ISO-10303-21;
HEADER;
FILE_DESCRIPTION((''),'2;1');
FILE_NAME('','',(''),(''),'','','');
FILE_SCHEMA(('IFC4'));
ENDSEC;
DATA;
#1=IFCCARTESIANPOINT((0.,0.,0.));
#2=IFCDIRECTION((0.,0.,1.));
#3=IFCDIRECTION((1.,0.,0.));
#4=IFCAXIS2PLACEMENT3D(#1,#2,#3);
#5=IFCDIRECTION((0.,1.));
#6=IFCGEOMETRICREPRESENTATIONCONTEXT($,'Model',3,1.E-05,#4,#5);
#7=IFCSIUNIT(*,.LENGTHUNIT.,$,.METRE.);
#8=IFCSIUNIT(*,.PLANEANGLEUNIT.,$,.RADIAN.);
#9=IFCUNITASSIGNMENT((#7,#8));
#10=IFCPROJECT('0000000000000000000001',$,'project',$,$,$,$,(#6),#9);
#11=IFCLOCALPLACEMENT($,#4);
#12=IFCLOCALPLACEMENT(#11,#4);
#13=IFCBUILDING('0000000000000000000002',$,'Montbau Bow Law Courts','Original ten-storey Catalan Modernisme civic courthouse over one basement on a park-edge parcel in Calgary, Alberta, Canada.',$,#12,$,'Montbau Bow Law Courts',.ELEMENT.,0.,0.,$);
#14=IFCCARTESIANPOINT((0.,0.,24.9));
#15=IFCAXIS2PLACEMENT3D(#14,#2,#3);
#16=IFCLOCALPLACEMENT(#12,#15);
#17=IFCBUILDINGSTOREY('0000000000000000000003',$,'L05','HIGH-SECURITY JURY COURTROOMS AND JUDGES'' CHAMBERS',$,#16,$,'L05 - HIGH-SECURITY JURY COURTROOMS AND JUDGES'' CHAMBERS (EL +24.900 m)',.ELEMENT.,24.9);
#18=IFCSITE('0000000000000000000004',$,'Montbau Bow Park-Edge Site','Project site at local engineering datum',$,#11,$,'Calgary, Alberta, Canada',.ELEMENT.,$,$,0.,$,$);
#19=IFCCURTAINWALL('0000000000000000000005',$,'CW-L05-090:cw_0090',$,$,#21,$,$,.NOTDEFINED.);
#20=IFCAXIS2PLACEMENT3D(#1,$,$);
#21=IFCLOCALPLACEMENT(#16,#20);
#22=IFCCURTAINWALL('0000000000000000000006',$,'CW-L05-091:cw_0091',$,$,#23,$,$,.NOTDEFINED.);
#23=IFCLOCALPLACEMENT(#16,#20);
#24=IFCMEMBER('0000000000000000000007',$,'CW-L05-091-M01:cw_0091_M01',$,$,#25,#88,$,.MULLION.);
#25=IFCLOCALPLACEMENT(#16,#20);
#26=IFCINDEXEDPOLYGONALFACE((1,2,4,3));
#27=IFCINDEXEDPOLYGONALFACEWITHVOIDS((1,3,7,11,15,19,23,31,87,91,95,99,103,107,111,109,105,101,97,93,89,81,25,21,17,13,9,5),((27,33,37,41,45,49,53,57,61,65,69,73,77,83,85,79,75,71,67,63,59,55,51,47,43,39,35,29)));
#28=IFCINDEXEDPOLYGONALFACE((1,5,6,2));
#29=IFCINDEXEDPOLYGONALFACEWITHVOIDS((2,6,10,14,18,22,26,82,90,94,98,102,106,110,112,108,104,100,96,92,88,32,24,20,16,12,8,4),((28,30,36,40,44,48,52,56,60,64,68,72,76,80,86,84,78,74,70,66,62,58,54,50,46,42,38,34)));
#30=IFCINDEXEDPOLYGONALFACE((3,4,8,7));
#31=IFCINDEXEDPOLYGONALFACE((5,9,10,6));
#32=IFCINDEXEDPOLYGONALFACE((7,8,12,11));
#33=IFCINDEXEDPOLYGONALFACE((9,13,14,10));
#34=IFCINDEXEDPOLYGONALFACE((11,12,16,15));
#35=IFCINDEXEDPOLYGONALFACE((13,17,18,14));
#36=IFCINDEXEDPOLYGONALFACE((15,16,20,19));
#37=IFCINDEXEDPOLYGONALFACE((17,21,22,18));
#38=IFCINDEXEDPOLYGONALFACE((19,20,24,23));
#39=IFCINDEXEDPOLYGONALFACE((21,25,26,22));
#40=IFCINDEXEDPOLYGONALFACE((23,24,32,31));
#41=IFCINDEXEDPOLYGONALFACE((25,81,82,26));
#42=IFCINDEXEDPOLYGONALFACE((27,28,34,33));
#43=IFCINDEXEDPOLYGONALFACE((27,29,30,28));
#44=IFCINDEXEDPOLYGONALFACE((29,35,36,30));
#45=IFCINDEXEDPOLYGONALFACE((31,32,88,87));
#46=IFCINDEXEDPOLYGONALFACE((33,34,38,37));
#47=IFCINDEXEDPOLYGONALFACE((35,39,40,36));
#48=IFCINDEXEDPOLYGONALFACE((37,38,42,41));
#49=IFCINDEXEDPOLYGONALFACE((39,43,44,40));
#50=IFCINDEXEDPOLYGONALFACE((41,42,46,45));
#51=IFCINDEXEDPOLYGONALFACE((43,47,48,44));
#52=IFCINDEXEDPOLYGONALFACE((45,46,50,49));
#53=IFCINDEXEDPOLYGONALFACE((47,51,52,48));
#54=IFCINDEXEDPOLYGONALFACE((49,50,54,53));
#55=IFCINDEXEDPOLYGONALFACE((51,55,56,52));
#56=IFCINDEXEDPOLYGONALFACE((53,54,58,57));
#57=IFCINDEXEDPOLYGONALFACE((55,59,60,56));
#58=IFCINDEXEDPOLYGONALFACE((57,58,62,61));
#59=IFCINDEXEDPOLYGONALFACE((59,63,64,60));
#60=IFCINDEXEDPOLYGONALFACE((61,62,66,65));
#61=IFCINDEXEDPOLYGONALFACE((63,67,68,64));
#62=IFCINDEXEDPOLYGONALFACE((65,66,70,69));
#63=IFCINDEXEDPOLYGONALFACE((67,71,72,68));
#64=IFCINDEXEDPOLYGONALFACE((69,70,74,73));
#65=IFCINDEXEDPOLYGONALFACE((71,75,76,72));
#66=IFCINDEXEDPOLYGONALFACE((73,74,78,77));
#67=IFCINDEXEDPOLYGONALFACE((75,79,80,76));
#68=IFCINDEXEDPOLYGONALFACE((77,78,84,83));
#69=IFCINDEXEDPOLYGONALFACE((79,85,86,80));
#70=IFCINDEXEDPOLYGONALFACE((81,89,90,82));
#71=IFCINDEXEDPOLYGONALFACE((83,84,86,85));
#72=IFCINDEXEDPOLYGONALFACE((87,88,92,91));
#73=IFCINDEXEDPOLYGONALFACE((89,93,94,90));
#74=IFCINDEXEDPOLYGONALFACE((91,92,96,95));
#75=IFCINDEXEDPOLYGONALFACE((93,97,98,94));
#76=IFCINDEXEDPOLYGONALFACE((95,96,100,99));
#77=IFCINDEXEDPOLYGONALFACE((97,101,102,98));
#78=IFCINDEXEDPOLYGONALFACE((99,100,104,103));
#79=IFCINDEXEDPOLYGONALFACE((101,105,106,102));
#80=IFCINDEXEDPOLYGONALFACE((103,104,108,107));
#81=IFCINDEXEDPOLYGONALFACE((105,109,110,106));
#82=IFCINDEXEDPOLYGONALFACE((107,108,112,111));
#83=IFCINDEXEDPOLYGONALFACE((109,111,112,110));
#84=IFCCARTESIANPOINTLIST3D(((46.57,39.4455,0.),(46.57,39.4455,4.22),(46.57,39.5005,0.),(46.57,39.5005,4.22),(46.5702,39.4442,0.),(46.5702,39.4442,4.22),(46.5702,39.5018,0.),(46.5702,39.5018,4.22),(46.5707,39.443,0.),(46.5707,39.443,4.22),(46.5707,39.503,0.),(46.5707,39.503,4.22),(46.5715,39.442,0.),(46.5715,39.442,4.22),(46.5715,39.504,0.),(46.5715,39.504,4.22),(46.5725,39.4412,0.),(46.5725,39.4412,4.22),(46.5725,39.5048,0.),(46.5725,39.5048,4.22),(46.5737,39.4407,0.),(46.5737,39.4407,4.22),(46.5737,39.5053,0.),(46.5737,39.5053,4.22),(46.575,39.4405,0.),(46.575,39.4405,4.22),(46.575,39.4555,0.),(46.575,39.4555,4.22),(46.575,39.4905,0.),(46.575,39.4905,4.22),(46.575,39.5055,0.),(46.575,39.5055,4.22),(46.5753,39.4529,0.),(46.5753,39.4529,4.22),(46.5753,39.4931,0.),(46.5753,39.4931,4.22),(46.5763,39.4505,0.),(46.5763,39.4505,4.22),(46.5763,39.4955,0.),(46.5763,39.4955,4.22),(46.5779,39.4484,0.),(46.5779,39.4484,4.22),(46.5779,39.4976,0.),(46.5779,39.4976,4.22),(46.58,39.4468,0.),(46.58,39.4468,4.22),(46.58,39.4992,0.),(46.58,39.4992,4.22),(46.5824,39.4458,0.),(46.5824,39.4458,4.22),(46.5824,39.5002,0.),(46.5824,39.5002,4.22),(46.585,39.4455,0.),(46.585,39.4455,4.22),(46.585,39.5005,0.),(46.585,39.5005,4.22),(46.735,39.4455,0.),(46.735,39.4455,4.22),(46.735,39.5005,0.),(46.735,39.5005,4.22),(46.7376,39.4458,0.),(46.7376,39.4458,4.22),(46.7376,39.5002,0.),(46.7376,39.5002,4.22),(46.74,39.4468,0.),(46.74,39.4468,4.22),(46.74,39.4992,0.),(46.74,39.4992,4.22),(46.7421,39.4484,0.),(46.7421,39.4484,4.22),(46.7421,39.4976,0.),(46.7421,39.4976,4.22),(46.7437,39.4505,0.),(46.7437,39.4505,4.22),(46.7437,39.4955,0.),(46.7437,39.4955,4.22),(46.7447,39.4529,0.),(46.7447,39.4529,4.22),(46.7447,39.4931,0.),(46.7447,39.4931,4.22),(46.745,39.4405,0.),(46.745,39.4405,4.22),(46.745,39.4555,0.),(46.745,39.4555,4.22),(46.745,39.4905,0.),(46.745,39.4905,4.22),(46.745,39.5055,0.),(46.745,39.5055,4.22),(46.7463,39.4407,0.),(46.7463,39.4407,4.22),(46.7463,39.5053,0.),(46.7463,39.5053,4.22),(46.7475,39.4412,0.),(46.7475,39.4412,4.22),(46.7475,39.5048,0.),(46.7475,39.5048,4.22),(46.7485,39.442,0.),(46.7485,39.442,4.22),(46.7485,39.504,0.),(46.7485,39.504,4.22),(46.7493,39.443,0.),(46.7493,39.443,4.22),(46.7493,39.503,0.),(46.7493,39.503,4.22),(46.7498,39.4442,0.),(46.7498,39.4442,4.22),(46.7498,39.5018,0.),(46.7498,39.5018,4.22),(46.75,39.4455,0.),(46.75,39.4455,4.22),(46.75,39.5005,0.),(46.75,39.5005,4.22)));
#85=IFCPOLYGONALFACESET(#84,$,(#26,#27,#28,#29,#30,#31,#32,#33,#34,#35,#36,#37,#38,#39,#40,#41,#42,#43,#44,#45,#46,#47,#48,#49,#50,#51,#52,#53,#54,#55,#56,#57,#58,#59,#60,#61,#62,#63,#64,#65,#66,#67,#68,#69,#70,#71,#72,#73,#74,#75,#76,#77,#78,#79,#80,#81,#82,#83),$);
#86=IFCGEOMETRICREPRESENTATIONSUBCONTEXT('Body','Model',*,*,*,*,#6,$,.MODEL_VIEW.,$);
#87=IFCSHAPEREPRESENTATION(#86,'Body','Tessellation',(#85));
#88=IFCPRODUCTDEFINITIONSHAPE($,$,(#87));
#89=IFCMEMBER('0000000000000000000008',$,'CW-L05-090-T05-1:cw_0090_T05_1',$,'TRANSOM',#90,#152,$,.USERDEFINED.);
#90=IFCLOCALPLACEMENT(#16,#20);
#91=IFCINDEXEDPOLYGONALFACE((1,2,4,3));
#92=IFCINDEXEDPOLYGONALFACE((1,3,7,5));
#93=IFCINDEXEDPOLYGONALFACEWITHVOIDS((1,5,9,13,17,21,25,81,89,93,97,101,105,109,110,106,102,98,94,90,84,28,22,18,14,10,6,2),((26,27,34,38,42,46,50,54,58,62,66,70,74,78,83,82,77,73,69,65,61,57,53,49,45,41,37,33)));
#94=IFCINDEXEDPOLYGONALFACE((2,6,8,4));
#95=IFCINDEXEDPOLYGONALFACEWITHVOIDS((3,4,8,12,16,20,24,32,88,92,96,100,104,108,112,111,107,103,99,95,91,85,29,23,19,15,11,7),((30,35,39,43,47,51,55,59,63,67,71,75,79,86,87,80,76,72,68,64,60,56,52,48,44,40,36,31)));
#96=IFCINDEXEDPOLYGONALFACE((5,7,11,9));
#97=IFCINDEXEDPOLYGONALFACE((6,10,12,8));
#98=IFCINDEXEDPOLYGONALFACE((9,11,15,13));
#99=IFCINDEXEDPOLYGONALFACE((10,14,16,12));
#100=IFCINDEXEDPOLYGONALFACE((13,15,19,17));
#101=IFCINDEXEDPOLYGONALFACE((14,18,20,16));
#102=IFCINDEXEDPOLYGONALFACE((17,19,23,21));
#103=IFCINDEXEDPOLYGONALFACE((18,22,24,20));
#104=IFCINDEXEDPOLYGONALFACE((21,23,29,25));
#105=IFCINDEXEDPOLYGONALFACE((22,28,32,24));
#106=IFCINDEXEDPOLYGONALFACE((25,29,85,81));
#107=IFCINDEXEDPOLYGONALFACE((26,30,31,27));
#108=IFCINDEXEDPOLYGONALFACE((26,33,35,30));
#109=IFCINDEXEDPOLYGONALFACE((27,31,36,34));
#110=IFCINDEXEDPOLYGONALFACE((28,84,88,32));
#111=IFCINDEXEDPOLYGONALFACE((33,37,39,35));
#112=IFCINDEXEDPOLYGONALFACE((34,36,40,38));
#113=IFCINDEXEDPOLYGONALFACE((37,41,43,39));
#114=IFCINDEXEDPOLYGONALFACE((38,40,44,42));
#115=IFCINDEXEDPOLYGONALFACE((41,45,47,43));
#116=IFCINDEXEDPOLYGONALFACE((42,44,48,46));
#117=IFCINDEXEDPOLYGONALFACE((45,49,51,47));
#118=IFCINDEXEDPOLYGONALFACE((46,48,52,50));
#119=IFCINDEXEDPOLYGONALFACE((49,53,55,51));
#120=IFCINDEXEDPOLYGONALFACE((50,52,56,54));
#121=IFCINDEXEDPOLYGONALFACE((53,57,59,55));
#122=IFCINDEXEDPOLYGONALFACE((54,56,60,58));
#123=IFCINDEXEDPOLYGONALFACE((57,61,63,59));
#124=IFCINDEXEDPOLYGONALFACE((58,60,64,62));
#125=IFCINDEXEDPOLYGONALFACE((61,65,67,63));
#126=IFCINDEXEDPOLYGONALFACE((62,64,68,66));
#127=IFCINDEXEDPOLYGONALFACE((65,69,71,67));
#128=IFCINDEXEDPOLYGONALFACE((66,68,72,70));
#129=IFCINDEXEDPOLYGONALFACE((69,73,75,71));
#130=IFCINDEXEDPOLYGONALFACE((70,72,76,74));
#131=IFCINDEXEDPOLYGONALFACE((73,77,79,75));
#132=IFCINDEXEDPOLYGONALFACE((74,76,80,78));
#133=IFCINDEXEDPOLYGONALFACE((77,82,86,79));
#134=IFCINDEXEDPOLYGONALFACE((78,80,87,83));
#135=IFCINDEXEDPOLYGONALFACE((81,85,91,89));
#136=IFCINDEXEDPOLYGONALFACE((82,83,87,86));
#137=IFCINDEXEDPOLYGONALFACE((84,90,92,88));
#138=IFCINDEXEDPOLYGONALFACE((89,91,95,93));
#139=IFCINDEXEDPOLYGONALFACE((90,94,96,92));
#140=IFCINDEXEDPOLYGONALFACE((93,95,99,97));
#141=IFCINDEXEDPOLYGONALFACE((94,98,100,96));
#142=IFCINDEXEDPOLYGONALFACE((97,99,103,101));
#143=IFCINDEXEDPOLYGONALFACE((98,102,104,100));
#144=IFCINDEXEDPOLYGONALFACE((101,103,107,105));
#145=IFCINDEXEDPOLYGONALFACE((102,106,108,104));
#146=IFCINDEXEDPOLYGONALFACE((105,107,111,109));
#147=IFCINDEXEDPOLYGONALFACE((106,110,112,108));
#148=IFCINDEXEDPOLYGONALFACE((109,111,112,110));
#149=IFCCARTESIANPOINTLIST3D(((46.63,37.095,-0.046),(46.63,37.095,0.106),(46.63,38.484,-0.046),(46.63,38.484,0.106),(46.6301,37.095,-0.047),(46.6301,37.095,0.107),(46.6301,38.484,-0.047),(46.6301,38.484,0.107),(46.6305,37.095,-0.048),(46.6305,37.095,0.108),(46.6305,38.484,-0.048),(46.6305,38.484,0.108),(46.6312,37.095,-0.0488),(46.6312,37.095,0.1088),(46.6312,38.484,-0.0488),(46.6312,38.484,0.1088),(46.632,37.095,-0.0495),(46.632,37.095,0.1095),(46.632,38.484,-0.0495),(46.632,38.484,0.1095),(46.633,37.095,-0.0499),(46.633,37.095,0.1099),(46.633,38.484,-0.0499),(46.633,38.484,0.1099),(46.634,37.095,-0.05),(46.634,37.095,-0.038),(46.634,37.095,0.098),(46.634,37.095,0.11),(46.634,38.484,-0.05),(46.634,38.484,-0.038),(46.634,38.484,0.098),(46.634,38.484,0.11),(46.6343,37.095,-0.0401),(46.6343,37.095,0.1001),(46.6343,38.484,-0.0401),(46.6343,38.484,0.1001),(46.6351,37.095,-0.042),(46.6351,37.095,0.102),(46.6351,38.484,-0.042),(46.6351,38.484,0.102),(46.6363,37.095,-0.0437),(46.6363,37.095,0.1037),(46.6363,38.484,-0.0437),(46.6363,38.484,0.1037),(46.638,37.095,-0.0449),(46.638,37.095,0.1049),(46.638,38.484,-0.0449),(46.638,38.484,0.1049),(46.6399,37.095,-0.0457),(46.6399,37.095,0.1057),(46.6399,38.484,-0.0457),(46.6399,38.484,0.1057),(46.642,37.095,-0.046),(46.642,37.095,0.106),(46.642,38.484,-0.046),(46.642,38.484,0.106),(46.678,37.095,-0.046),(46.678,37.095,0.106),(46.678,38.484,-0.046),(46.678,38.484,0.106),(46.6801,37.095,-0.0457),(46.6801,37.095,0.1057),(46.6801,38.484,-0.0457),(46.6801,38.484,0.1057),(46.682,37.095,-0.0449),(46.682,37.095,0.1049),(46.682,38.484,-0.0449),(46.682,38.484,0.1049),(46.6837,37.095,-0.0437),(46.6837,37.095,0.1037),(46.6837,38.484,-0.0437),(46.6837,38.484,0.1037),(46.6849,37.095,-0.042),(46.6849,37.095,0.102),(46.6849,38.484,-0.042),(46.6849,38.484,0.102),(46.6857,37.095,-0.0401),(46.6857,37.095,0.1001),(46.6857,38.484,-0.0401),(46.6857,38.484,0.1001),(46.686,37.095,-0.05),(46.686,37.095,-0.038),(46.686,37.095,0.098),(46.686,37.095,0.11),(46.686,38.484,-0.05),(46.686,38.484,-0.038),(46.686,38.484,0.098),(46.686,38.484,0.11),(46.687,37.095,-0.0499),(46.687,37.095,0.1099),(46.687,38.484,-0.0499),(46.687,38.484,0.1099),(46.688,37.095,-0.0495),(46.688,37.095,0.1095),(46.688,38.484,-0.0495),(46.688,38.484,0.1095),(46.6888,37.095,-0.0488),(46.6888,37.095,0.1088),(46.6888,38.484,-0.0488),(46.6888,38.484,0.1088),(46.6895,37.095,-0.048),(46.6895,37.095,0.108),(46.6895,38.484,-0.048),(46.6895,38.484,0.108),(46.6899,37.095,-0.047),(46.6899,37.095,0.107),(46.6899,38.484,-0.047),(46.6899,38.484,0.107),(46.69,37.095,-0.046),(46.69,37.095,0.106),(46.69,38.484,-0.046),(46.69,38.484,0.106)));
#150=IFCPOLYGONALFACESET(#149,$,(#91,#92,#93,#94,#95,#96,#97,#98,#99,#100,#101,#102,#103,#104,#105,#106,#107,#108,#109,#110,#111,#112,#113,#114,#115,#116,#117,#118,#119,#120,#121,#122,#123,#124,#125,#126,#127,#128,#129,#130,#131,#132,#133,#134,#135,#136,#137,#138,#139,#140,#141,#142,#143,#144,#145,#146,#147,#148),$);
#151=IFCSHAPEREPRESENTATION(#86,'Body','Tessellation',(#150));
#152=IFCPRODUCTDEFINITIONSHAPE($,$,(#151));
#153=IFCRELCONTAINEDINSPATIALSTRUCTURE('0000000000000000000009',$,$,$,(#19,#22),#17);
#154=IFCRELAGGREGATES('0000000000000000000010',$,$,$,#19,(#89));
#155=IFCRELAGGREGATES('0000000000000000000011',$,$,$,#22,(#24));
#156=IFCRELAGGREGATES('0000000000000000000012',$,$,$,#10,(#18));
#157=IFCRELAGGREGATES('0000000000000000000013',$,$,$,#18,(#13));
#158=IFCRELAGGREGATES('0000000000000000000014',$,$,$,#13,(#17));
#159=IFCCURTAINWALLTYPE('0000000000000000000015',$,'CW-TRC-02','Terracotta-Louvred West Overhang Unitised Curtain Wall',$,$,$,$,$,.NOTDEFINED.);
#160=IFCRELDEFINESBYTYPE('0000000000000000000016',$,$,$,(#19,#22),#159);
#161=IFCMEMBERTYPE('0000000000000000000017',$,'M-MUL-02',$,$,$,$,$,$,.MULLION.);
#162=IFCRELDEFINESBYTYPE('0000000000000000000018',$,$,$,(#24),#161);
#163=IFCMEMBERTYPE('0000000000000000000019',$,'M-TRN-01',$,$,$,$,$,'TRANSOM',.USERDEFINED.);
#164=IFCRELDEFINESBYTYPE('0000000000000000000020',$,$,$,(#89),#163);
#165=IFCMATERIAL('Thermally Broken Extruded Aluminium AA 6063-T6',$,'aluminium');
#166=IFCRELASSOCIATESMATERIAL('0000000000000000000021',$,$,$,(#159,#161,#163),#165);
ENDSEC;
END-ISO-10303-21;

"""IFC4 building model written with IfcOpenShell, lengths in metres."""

from ifc_helpers import new_model, si_unit, direction, frame, origin_with_axes, origin_2d_with_axis, place, context, subcontext, project, spatial, hollow_rectangle, extrude, material, material_profile, profile_set, type_object, element, aggregate, save


model = new_model("IFC4")

# Units and contexts
model_context = context("Model", 3, precision=1e-05, world=origin_with_axes(), true_north=direction((0.0, 1.0)))
body_context = subcontext(model_context, "Body", "Model", "MODEL_VIEW")
ifc_project = project(units=[si_unit("LENGTHUNIT", "METRE"), si_unit("PLANEANGLEUNIT", "RADIAN")], contexts=[model_context])

# Site, building, storey
site_placement = place(None, origin_with_axes())
site = spatial("IfcSite", under=ifc_project, at=site_placement, Name="Montbau Bow Park-Edge Site", Description="Project site at local engineering datum", LongName="Calgary, Alberta, Canada", CompositionType="ELEMENT", RefElevation=0.0)
building_placement = place(site_placement, origin_with_axes())
building = spatial("IfcBuilding", under=site, at=building_placement, Name="Montbau Bow Law Courts", Description="Original ten-storey Catalan Modernisme civic courthouse over one basement on a park-edge parcel in Calgary, Alberta, Canada.", LongName="Montbau Bow Law Courts", CompositionType="ELEMENT", ElevationOfRefHeight=0.0, ElevationOfTerrain=0.0)
storey_placement = place(building_placement, frame((0.0, 0.0, 24.9), z_axis=(0.0, 0.0, 1.0), x_axis=(1.0, 0.0, 0.0)))
storey = spatial("IfcBuildingStorey", under=building, at=storey_placement, Name="L05", Description="HIGH-SECURITY JURY COURTROOMS AND JUDGES' CHAMBERS", LongName="L05 - HIGH-SECURITY JURY COURTROOMS AND JUDGES' CHAMBERS (EL +24.900 m)", CompositionType="ELEMENT", Elevation=24.9)

# Curtain wall
ifc_material_1 = material(Name="Thermally Broken Extruded Aluminium AA 6063-T6", Category="aluminium")
curtain_wall_type = type_object("IfcCurtainWallType", Name="CW-TRC-02", Description="Terracotta-Louvred West Overhang Unitised Curtain Wall", PredefinedType="NOTDEFINED", material=ifc_material_1)
curtain_wall_1_placement = place(None, frame((46.66, 31.04, 24.9), z_axis=(0.0, 0.0, 1.0), x_axis=(1.0, 0.0, 0.0)))
curtain_wall_1 = element("IfcCurtainWall", 1, at=curtain_wall_1_placement, inside=storey, type_object=curtain_wall_type, Name="CW-L05-090:cw_0090", PredefinedType="NOTDEFINED")

# Curtain wall, member
curtain_wall_2_placement = place(None, frame((46.66, 39.44, 24.9), z_axis=(0.0, 0.0, 1.0), x_axis=(1.0, 0.0, 0.0)))
curtain_wall_2 = element("IfcCurtainWall", 2, at=curtain_wall_2_placement, inside=storey, type_object=curtain_wall_type, Name="CW-L05-091:cw_0091", PredefinedType="NOTDEFINED")
ifc_material_profile_1 = material_profile(ifc_material_1, hollow_rectangle(XDim=0.065, YDim=0.18, WallThickness=0.005, InnerFilletRadius=0.01, OuterFilletRadius=0.005, at=origin_2d_with_axis()), Name="CWM-180X65", Category="Main", Priority=0)
ifc_profile_set_1 = profile_set([ifc_material_profile_1], Name="Thermally Broken Extruded Aluminium AA 6063-T6")
member_type_1 = type_object("IfcMemberType", Name="M-MUL-02", PredefinedType="MULLION", material=ifc_profile_set_1)
member_1_placement = place(None, frame((46.66, 39.473, 24.9), z_axis=(0.0, 0.0, 1.0), x_axis=(0.0, 1.0, 0.0)))
member_1 = element("IfcMember", 3, at=member_1_placement, type_object=member_type_1, Name="CW-L05-091-M01:cw_0091_M01", PredefinedType="MULLION", context=body_context, shape_type="SweptSolid", body=[
    extrude(hollow_rectangle(XDim=0.065, YDim=0.18, WallThickness=0.005, InnerFilletRadius=0.01, OuterFilletRadius=0.005, at=origin_2d_with_axis()), origin_with_axes(), (0.0, 0.0, 1.0), 4.22),
])

# Member
ifc_material_profile_2 = material_profile(ifc_material_1, hollow_rectangle(XDim=0.06, YDim=0.16, WallThickness=0.004, InnerFilletRadius=0.008, OuterFilletRadius=0.004, at=origin_2d_with_axis()), Name="CWT-160X60", Category="Main", Priority=0)
ifc_profile_set_2 = profile_set([ifc_material_profile_2], Name="Thermally Broken Extruded Aluminium AA 6063-T6")
member_type_2 = type_object("IfcMemberType", Name="M-TRN-01", ElementType="TRANSOM", PredefinedType="USERDEFINED", material=ifc_profile_set_2)
member_2_placement = place(None, frame((46.66, 37.095, 24.93), z_axis=(0.0, 1.0, 0.0), x_axis=(-1.0, 0.0, 0.0)))
member_2 = element("IfcMember", 4, at=member_2_placement, type_object=member_type_2, Name="CW-L05-090-T05-1:cw_0090_T05_1", ObjectType="TRANSOM", PredefinedType="USERDEFINED", context=body_context, shape_type="SweptSolid", body=[
    extrude(hollow_rectangle(XDim=0.06, YDim=0.16, WallThickness=0.004, InnerFilletRadius=0.008, OuterFilletRadius=0.004, at=origin_2d_with_axis()), origin_with_axes(), (0.0, 0.0, 1.0), 1.389),
])

aggregate(curtain_wall_1, [member_2])
aggregate(curtain_wall_2, [member_1])

save(model, "model.ifc")
